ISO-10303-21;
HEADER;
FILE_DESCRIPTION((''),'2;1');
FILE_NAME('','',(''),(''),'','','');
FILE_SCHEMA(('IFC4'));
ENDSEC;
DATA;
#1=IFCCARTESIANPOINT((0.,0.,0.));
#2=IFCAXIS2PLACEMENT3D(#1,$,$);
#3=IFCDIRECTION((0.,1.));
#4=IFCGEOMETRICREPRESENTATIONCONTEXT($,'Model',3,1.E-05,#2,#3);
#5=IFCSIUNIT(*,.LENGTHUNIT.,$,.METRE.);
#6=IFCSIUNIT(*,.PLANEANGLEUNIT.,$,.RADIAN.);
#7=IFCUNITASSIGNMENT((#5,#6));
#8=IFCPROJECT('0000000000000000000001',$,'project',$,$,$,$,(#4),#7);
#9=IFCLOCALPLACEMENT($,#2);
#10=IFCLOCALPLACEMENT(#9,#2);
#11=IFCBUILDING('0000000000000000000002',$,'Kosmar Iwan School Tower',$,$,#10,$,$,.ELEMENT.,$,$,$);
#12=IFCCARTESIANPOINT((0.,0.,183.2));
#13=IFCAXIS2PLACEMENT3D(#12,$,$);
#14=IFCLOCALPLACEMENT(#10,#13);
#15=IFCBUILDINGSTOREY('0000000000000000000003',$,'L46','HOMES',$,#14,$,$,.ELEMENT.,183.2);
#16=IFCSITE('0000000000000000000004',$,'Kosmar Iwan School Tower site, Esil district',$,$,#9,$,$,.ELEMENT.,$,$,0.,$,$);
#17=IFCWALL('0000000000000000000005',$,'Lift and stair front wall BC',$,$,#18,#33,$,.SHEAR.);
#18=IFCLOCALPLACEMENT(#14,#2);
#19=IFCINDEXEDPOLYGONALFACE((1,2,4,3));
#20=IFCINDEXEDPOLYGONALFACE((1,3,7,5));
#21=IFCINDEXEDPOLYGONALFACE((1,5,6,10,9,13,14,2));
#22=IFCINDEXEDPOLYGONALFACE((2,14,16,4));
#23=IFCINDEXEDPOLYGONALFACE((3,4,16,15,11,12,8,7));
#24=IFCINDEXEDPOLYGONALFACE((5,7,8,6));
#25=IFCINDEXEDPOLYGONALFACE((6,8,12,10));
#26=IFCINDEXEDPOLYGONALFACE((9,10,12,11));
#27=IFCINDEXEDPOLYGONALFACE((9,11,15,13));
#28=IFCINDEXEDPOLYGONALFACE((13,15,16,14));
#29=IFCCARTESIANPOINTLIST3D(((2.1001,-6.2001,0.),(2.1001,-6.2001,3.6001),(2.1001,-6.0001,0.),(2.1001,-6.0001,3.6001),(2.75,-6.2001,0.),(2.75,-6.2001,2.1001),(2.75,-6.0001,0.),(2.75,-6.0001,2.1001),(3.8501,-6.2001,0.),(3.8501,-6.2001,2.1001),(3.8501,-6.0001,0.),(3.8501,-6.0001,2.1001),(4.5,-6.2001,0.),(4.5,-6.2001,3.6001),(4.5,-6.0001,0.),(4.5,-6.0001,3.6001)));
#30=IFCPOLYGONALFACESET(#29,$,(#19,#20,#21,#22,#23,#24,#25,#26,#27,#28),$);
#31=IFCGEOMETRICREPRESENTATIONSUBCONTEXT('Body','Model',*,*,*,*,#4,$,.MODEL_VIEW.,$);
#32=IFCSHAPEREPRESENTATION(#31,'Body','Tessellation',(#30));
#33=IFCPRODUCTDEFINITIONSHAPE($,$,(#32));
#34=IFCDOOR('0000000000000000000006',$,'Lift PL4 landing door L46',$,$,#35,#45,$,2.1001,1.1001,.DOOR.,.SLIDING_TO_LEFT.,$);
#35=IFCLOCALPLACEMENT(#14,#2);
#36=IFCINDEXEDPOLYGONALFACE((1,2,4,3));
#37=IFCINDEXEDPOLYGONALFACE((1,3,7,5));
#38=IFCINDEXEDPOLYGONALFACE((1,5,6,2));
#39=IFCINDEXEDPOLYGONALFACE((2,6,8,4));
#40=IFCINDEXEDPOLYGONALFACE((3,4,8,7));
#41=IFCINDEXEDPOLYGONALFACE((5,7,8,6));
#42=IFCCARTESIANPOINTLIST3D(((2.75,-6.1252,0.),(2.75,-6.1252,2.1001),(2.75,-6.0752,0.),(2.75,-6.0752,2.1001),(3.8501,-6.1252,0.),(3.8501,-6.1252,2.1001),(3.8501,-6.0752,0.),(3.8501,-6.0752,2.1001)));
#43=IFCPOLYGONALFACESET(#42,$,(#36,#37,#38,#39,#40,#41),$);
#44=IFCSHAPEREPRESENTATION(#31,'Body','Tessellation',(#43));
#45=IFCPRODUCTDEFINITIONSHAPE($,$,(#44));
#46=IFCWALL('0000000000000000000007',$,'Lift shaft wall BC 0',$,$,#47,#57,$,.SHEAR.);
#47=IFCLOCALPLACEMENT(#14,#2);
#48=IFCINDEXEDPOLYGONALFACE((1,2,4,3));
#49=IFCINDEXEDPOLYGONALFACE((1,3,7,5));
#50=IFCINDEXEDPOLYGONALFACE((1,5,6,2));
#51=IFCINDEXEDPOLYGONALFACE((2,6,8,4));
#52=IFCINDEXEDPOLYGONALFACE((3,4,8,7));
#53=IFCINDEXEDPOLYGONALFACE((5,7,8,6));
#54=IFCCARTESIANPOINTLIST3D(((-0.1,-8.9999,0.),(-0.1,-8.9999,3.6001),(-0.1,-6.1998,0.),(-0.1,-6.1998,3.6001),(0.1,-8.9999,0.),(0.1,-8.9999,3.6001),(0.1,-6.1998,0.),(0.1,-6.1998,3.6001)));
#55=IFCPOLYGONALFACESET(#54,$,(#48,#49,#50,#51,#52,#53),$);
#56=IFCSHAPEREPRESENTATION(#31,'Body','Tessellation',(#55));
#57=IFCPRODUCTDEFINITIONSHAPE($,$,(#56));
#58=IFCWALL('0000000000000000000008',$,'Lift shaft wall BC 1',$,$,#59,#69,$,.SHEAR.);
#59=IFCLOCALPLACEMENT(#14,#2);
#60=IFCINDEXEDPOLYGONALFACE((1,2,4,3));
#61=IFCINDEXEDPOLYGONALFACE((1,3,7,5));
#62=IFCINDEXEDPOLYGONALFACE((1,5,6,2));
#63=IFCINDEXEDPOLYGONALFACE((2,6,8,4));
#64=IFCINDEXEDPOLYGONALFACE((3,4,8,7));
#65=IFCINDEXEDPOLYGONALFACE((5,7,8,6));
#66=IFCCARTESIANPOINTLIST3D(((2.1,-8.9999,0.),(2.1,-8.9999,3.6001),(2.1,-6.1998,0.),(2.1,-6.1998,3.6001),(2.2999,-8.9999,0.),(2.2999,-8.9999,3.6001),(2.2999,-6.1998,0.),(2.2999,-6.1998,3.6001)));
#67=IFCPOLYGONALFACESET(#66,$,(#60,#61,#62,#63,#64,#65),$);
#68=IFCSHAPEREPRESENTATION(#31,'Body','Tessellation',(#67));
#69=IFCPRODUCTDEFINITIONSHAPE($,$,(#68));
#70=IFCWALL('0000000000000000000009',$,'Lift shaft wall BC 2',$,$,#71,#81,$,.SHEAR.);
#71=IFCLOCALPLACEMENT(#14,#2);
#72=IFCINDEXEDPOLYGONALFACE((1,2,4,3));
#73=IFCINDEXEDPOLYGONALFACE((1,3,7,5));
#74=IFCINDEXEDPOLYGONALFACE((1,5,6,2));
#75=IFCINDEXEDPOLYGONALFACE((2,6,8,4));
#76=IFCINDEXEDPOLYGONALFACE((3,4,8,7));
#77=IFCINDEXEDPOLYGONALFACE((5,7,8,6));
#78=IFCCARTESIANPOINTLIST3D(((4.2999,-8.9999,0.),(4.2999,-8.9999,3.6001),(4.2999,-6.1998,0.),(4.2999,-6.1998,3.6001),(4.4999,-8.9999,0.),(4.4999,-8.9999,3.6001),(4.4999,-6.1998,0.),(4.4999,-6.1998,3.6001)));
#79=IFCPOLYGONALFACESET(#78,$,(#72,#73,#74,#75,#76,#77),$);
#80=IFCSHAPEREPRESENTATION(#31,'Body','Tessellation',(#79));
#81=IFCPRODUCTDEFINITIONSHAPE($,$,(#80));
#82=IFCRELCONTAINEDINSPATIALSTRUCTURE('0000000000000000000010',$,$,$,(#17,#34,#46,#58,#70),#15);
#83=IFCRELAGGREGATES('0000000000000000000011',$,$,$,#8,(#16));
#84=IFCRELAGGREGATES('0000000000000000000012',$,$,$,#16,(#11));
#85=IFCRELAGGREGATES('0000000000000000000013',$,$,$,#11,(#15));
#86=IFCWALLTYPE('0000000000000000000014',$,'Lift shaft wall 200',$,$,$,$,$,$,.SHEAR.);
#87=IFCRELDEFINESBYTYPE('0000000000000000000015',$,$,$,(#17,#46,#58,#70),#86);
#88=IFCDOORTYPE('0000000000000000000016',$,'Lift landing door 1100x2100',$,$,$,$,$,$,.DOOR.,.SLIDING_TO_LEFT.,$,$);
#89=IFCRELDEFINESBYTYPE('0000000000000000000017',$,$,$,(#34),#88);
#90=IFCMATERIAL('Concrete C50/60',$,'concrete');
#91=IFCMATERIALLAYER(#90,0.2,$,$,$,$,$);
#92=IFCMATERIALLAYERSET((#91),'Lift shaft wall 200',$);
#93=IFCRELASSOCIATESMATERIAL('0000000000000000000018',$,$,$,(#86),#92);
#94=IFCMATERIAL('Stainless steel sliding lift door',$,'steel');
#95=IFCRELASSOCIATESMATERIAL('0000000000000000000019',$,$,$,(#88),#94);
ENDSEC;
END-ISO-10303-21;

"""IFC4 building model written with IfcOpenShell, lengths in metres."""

from ifc_helpers import new_model, si_unit, direction, frame, frame_2d, origin, place, context, subcontext, project, spatial, rectangle, extrude, material, layer, layer_set, type_object, element, fill, save


model = new_model("IFC4")

# Units and contexts
model_context = context("Model", 3, precision=1e-05, world=origin(), true_north=direction((0.0, 1.0)))
body_context = subcontext(model_context, "Body", "Model", "MODEL_VIEW")
ifc_project = project(units=[si_unit("LENGTHUNIT", "METRE"), si_unit("PLANEANGLEUNIT", "RADIAN")], contexts=[model_context])

# Site, building, storey
site_placement = place(None, origin())
site = spatial("IfcSite", under=ifc_project, at=site_placement, Name="Kosmar Iwan School Tower site, Esil district", CompositionType="ELEMENT", RefElevation=0.0)
building_placement = place(site_placement, origin())
building = spatial("IfcBuilding", under=site, at=building_placement, Name="Kosmar Iwan School Tower", CompositionType="ELEMENT")
storey_placement = place(building_placement, frame((0.0, 0.0, 183.2)))
storey = spatial("IfcBuildingStorey", under=building, at=storey_placement, Name="L46", Description="HOMES", CompositionType="ELEMENT", Elevation=183.2)

# Wall, opening, door
ifc_material_1 = material(Name="Concrete C50/60", Category="concrete")
ifc_layer_1 = layer(ifc_material_1, 0.2)
ifc_layer_set_1 = layer_set([ifc_layer_1], Name="Lift shaft wall 200")
wall_type_1 = type_object("IfcWallType", Name="Lift shaft wall 200", PredefinedType="SHEAR", material=ifc_layer_set_1)
wall_1_placement = place(storey_placement, frame((2.1001, -6.1001, 0.0), z_axis=(0.0, 0.0, 1.0), x_axis=(1.0, 0.0, 0.0)))
wall_1 = element("IfcWall", 1, at=wall_1_placement, inside=storey, type_object=wall_type_1, Name="Lift and stair front wall BC", PredefinedType="SHEAR", context=body_context, shape_type="SweptSolid", body=[
    extrude(rectangle(XDim=2.3999, YDim=0.2, at=frame_2d((1.2, 0.0))), origin(), (0.0, 0.0, 1.0), 3.6001),
])
opening_1_placement = place(wall_1_placement, frame((0.6499, 0.0, 0.0)))
opening_1 = element("IfcOpeningElement", 2, at=opening_1_placement, cuts=wall_1, PredefinedType="OPENING", context=body_context, shape_type="SweptSolid", body=[
    extrude(rectangle(XDim=1.1001, YDim=2.1001, at=frame_2d((0.55, 1.05))), frame((0.0, 0.1121, 0.0), z_axis=(0.0, -1.0, 0.0), x_axis=(1.0, 0.0, 0.0)), (0.0, 0.0, 1.0), 0.2239),
])
ifc_material_2 = material(Name="Stainless steel sliding lift door", Category="steel")
door_type_1 = type_object("IfcDoorType", Name="Lift landing door 1100x2100", OperationType="SLIDING_TO_LEFT", PredefinedType="DOOR", material=ifc_material_2)
door_1_placement = place(opening_1_placement, origin())
door_1 = element("IfcDoor", 3, at=door_1_placement, inside=storey, type_object=door_type_1, Name="Lift PL4 landing door L46", OperationType="SLIDING_TO_LEFT", OverallHeight=2.1001, OverallWidth=1.1001, PredefinedType="DOOR", context=body_context, shape_type="SweptSolid", body=[
    extrude(rectangle(XDim=1.1001, YDim=2.1001, at=frame_2d((0.55, 1.05))), frame((0.0, 0.0249, 0.0), z_axis=(0.0, -1.0, 0.0), x_axis=(1.0, 0.0, 0.0)), (0.0, 0.0, 1.0), 0.05),
])
fill(opening_1, door_1)

# Walls
for number, where, z_axis, x_axis, name in (
    (4, (0.0, -6.2, 0.0), (0.0, 0.0, 1.0), (0.0, -1.0, 0.0), "Lift shaft wall BC 0"),
    (5, (2.2, -6.2, 0.0), (0.0, 0.0, 1.0), (0.0, -1.0, 0.0), "Lift shaft wall BC 1"),
    (6, (4.3999, -6.2, 0.0), (0.0, 0.0, 1.0), (0.0, -1.0, 0.0), "Lift shaft wall BC 2"),
):
    element("IfcWall", number, at=place(storey_placement, frame(where, z_axis=z_axis, x_axis=x_axis)), inside=storey, type_object=wall_type_1, Name=name, PredefinedType="SHEAR", context=body_context, shape_type="SweptSolid", body=[
        extrude(rectangle(XDim=2.8, YDim=0.2, at=frame_2d((1.3999, 0.0))), origin(), (0.0, 0.0, 1.0), 3.6001),
    ])

save(model, "model.ifc")
